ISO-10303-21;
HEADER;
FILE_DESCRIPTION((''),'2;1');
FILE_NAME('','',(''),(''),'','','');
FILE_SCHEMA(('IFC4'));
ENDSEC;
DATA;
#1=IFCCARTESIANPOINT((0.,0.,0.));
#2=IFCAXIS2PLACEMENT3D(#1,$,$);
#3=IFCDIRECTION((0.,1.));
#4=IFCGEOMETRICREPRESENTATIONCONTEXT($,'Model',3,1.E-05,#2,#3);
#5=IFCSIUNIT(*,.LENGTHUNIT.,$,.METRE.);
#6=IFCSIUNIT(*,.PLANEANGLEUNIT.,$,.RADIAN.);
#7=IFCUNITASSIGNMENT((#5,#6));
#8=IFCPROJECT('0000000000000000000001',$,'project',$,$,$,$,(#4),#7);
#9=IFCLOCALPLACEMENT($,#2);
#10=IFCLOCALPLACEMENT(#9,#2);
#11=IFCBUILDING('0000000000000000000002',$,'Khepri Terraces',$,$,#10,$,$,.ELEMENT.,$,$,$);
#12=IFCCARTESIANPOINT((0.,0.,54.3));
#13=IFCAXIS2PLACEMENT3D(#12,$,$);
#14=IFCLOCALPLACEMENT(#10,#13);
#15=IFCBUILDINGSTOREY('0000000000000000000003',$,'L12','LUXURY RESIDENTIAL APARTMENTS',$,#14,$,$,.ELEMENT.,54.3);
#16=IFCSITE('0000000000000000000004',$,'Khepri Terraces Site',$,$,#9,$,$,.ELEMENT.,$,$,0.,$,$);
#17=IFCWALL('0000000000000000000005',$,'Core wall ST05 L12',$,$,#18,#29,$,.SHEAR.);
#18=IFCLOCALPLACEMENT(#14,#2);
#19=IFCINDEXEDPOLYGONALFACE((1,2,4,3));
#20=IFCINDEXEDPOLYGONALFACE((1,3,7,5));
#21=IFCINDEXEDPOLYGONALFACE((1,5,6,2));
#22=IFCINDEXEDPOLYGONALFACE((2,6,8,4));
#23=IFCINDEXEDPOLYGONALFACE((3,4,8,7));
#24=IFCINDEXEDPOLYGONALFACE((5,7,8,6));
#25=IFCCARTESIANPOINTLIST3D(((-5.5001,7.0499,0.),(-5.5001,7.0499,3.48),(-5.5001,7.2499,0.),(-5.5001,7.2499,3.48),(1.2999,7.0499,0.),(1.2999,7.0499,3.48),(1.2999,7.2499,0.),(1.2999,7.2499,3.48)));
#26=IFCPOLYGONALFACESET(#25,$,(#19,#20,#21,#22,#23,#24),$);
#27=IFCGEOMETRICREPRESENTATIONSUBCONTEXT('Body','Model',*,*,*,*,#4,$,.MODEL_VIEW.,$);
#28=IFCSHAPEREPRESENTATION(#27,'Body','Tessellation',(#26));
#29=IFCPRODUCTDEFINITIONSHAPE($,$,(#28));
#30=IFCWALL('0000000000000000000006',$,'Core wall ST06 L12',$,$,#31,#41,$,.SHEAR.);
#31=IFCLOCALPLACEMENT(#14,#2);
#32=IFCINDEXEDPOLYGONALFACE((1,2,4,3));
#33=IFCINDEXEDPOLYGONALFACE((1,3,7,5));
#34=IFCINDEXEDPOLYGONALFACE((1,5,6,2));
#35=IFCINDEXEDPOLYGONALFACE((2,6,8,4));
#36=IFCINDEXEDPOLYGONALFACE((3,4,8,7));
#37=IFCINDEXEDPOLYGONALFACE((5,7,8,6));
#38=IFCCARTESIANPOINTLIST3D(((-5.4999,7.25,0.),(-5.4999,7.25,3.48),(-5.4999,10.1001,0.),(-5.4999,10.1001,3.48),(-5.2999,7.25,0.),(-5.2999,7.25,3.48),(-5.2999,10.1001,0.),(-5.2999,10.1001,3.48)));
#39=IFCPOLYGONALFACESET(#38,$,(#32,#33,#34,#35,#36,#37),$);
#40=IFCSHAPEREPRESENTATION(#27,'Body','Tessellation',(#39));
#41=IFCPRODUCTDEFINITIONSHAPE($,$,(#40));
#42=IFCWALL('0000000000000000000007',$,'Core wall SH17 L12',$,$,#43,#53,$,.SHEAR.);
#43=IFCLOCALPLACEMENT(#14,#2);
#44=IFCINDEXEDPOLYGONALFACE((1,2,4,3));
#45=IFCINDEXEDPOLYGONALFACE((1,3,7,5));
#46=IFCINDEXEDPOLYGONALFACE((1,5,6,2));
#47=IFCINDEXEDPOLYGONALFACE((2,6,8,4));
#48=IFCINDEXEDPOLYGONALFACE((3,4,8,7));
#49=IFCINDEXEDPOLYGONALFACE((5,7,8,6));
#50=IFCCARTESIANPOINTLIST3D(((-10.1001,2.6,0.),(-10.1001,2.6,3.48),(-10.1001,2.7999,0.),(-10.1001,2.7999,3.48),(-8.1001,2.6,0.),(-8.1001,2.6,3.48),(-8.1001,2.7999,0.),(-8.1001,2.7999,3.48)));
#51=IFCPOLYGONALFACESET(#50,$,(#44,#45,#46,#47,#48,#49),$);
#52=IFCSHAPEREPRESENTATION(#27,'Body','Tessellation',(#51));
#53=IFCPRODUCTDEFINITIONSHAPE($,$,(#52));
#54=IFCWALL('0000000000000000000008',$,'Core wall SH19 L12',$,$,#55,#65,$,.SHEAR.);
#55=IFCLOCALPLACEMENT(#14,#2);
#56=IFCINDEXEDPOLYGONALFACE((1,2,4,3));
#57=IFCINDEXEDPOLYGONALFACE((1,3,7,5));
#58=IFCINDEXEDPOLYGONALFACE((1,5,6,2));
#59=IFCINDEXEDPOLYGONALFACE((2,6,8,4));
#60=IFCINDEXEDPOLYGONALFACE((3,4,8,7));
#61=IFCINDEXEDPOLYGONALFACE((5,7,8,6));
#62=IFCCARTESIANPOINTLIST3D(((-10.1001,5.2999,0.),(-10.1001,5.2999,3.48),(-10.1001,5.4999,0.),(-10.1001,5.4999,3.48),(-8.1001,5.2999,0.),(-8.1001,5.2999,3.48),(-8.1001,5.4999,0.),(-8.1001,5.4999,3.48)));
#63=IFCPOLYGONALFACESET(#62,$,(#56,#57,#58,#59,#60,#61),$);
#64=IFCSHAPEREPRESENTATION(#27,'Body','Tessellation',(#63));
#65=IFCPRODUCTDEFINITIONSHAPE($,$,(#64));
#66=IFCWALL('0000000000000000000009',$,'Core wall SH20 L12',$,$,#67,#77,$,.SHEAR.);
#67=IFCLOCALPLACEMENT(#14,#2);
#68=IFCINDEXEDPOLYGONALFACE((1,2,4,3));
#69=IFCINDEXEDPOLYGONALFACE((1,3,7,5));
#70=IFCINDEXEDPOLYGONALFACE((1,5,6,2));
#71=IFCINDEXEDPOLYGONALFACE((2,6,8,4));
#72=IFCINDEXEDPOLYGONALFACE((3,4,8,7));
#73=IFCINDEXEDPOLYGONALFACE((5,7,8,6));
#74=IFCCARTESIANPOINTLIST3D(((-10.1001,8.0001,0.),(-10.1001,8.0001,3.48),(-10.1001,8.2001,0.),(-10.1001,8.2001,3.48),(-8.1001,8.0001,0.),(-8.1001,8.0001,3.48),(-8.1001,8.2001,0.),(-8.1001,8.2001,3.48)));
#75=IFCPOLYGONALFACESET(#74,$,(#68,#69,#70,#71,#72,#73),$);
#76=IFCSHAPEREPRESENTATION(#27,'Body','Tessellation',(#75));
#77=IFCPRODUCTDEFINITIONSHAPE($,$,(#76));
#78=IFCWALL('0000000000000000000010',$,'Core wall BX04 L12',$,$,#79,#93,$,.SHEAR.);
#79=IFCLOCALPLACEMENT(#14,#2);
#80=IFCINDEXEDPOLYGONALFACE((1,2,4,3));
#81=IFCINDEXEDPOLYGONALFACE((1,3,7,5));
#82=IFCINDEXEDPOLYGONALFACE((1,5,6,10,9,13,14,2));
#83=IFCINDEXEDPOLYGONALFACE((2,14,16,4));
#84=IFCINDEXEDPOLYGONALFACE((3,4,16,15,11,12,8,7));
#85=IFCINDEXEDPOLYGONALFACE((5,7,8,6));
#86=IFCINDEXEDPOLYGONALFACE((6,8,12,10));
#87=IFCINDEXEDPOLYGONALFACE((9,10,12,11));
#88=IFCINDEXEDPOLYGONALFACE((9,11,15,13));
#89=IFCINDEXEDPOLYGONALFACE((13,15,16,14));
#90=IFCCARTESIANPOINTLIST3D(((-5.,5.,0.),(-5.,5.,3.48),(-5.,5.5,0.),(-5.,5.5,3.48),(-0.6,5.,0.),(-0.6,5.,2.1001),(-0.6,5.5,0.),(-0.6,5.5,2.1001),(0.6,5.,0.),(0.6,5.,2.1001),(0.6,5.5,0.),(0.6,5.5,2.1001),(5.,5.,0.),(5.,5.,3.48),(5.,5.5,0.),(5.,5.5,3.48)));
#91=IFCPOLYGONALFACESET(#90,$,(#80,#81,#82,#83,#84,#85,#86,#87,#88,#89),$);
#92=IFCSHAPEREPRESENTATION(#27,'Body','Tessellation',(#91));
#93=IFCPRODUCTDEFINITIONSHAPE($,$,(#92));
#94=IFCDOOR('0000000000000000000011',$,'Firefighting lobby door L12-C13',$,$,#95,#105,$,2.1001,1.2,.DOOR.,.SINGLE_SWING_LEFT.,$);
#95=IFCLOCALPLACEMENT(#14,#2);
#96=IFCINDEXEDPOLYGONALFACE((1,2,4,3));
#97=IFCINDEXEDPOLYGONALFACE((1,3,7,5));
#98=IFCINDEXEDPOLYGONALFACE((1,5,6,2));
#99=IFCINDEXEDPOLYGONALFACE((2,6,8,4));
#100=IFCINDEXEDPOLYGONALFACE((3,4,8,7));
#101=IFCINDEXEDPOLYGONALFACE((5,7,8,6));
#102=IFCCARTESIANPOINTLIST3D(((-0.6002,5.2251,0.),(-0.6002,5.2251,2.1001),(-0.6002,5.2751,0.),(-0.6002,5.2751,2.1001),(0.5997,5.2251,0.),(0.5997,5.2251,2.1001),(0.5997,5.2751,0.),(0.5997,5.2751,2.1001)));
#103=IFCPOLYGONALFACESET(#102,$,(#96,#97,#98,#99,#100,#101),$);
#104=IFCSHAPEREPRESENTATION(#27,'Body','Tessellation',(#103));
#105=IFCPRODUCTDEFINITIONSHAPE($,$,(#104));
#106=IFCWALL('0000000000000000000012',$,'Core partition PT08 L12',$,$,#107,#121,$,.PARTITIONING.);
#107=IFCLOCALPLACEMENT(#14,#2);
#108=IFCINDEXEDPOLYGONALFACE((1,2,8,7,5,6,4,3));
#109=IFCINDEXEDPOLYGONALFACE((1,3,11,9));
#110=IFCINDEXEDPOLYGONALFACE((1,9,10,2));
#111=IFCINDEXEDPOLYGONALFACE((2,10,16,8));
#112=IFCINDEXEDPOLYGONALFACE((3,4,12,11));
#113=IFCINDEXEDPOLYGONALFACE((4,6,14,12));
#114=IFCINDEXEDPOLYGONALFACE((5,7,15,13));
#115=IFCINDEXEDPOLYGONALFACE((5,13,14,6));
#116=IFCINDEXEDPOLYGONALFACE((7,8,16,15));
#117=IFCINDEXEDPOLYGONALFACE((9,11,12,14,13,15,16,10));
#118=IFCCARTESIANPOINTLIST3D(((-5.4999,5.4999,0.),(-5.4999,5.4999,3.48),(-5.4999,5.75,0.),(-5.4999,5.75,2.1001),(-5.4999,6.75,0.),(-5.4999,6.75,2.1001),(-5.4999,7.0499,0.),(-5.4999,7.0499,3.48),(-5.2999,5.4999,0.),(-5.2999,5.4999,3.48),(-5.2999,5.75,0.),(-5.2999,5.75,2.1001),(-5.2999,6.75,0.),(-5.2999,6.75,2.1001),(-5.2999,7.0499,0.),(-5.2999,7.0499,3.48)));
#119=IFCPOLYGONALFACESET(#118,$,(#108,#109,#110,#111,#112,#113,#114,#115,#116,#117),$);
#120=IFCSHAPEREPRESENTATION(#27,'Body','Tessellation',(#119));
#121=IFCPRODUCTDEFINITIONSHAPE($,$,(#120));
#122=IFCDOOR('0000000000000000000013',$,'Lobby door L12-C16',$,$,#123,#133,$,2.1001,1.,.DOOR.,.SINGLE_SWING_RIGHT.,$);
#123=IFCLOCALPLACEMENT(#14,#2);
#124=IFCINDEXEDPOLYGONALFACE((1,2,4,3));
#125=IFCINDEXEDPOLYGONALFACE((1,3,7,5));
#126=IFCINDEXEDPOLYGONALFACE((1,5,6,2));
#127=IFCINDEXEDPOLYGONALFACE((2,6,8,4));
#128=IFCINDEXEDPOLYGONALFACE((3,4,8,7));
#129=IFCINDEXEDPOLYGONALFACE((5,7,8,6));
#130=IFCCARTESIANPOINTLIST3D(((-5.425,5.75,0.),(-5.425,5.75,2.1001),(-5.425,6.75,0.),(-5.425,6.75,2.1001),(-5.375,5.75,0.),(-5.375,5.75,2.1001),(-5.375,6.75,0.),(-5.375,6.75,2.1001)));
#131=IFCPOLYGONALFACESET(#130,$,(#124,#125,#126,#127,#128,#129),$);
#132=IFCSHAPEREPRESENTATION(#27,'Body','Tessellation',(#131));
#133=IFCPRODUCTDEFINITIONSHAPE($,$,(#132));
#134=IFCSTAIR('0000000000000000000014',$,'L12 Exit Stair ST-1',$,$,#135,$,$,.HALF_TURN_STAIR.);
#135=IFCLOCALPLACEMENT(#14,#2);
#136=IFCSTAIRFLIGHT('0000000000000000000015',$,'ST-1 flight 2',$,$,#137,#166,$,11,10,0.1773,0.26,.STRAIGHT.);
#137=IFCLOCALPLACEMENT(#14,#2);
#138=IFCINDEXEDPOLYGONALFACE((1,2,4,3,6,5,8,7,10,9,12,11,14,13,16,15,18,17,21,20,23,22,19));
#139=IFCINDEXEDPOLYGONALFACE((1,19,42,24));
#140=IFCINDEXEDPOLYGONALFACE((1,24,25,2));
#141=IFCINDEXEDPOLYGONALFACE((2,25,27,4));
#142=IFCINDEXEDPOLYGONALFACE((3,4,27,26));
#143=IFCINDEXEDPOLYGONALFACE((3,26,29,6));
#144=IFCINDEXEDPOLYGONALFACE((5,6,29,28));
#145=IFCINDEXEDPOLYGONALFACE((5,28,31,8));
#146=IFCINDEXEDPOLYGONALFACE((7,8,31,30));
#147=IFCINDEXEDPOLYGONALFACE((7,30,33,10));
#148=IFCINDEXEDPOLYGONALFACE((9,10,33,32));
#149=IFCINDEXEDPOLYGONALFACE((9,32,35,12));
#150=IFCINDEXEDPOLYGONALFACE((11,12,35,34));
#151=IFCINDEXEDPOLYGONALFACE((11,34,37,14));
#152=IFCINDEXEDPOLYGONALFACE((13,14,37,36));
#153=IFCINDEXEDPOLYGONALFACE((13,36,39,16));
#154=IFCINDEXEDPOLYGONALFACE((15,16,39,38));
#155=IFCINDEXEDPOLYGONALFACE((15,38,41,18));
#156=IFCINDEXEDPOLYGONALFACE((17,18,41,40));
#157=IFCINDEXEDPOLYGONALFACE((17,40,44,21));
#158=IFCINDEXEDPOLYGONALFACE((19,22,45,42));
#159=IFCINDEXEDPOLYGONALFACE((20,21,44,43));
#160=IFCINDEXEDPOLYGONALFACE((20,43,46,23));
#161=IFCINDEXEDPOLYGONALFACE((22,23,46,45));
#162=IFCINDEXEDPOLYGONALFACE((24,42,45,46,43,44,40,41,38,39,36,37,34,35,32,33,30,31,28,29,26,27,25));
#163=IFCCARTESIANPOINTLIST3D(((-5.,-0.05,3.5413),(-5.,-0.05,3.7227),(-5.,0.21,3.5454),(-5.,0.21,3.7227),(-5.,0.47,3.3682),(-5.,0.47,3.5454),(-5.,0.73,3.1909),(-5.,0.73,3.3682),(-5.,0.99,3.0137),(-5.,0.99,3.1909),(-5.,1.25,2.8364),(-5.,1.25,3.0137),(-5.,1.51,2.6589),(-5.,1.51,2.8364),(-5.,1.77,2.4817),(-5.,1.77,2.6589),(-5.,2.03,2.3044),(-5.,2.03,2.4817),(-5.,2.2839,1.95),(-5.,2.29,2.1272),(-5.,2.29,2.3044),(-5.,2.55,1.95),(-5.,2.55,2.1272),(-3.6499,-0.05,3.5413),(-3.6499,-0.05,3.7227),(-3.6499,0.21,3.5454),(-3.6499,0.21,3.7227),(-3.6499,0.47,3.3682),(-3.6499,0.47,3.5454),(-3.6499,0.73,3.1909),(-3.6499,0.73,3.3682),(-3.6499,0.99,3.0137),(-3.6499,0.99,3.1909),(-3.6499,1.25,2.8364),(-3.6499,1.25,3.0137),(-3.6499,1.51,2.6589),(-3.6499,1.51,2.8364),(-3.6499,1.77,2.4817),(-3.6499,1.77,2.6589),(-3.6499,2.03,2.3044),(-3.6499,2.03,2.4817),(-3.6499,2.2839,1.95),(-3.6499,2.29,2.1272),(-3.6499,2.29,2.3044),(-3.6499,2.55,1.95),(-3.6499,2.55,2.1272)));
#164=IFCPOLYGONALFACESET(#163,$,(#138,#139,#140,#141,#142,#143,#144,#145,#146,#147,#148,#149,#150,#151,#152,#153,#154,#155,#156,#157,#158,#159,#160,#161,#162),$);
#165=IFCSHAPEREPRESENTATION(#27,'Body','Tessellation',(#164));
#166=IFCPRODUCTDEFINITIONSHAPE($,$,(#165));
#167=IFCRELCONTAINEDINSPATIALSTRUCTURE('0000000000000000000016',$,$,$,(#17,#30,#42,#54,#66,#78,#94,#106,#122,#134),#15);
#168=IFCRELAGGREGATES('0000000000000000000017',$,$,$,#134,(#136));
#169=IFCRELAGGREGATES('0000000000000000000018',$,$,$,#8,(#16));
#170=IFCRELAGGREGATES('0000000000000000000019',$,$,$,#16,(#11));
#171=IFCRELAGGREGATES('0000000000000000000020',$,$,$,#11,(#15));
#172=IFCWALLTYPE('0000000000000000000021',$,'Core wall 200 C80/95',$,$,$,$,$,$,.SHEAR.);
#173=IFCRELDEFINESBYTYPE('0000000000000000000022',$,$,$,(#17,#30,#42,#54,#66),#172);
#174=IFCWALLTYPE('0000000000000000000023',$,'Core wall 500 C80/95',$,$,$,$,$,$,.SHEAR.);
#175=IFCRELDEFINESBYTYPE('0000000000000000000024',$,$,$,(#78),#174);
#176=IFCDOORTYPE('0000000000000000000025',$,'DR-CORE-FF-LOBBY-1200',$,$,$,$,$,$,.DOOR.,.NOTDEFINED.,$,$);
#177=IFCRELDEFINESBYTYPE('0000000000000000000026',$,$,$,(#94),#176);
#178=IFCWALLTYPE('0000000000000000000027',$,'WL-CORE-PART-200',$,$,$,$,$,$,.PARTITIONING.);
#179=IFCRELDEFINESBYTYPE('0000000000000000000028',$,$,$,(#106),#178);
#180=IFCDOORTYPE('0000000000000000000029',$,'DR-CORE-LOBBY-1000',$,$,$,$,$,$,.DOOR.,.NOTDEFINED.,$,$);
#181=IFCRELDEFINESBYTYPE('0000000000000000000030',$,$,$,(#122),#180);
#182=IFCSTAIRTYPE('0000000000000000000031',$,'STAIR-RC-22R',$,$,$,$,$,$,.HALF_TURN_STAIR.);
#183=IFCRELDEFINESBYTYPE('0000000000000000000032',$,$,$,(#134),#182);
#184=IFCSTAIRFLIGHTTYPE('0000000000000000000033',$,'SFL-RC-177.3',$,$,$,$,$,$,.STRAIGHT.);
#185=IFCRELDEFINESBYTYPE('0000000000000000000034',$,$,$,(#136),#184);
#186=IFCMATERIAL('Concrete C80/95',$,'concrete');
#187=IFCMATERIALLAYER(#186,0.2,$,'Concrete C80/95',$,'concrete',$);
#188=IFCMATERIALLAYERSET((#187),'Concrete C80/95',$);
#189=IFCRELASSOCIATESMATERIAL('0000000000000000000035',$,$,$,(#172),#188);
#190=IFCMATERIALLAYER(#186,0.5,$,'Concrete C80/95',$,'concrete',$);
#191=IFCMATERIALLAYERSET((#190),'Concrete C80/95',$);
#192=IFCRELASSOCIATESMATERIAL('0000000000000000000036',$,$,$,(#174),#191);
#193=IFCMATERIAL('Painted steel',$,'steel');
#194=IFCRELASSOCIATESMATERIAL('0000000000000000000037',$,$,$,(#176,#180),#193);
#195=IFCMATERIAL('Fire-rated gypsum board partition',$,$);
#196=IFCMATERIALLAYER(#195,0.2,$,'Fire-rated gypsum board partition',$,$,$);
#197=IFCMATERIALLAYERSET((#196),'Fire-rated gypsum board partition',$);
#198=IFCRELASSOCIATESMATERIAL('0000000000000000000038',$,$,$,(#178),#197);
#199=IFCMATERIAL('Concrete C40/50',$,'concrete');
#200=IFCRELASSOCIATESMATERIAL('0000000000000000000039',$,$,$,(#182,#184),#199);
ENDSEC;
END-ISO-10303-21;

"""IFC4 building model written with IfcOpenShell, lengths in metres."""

from ifc_helpers import new_model, si_unit, direction, frame, frame_2d, origin, place, context, subcontext, project, spatial, polyline, rectangle, outline, extrude, material, layer, layer_set, type_object, element, fill, aggregate, save


model = new_model("IFC4")

# Units and contexts
model_context = context("Model", 3, precision=1e-05, world=origin(), true_north=direction((0.0, 1.0)))
body_context = subcontext(model_context, "Body", "Model", "MODEL_VIEW")
ifc_project = project(units=[si_unit("LENGTHUNIT", "METRE"), si_unit("PLANEANGLEUNIT", "RADIAN")], contexts=[model_context])

# Site, building, storey
site_placement = place(None, origin())
site = spatial("IfcSite", under=ifc_project, at=site_placement, Name="Khepri Terraces Site", CompositionType="ELEMENT", RefElevation=0.0)
building_placement = place(site_placement, origin())
building = spatial("IfcBuilding", under=site, at=building_placement, Name="Khepri Terraces", CompositionType="ELEMENT")
storey_placement = place(building_placement, frame((0.0, 0.0, 54.3)))
storey = spatial("IfcBuildingStorey", under=building, at=storey_placement, Name="L12", Description="LUXURY RESIDENTIAL APARTMENTS", CompositionType="ELEMENT", Elevation=54.3)

# Walls
ifc_material_1 = material(Name="Concrete C80/95", Category="concrete")
ifc_layer_1 = layer(ifc_material_1, 0.2, Name="Concrete C80/95", Category="concrete")
ifc_layer_set_1 = layer_set([ifc_layer_1], Name="Concrete C80/95")
wall_type_1 = type_object("IfcWallType", Name="Core wall 200 C80/95", PredefinedType="SHEAR", material=ifc_layer_set_1)
wall_1_placement = place(storey_placement, frame((-5.5, 7.1499, 0.0), z_axis=(0.0, 0.0, 1.0), x_axis=(1.0, 0.0, 0.0)))
element("IfcWall", 1, at=wall_1_placement, inside=storey, type_object=wall_type_1, Name="Core wall ST05 L12", PredefinedType="SHEAR", context=body_context, shape_type="SweptSolid", body=[
    extrude(rectangle(XDim=6.8, YDim=0.2, at=frame_2d((3.3999, 0.0))), origin(), (0.0, 0.0, 1.0), 3.48),
])
wall_2_placement = place(storey_placement, frame((-5.3999, 7.25, 0.0), z_axis=(0.0, 0.0, 1.0), x_axis=(0.0, 1.0, 0.0)))
element("IfcWall", 2, at=wall_2_placement, inside=storey, type_object=wall_type_1, Name="Core wall ST06 L12", PredefinedType="SHEAR", context=body_context, shape_type="SweptSolid", body=[
    extrude(rectangle(XDim=2.8501, YDim=0.2, at=frame_2d((1.425, 0.0))), origin(), (0.0, 0.0, 1.0), 3.48),
])
for number, where, z_axis, x_axis, name in (
    (3, (-10.1001, 2.7, 0.0), (0.0, 0.0, 1.0), (1.0, 0.0, 0.0), "Core wall SH17 L12"),
    (4, (-10.1001, 5.3999, 0.0), (0.0, 0.0, 1.0), (1.0, 0.0, 0.0), "Core wall SH19 L12"),
    (5, (-10.1001, 8.1001, 0.0), (0.0, 0.0, 1.0), (1.0, 0.0, 0.0), "Core wall SH20 L12"),
):
    element("IfcWall", number, at=place(storey_placement, frame(where, z_axis=z_axis, x_axis=x_axis)), inside=storey, type_object=wall_type_1, Name=name, PredefinedType="SHEAR", context=body_context, shape_type="SweptSolid", body=[
        extrude(rectangle(XDim=2.0, YDim=0.2, at=frame_2d((1.0, 0.0))), origin(), (0.0, 0.0, 1.0), 3.48),
    ])

# Walls, openings, doors
ifc_layer_2 = layer(ifc_material_1, 0.5, Name="Concrete C80/95", Category="concrete")
ifc_layer_set_2 = layer_set([ifc_layer_2], Name="Concrete C80/95")
wall_type_2 = type_object("IfcWallType", Name="Core wall 500 C80/95", PredefinedType="SHEAR", material=ifc_layer_set_2)
wall_3_placement = place(storey_placement, frame((-5.0, 5.25, 0.0), z_axis=(0.0, 0.0, 1.0), x_axis=(1.0, 0.0, 0.0)))
wall_3 = element("IfcWall", 6, at=wall_3_placement, inside=storey, type_object=wall_type_2, Name="Core wall BX04 L12", PredefinedType="SHEAR", context=body_context, shape_type="SweptSolid", body=[
    extrude(rectangle(XDim=10.0, YDim=0.5, at=frame_2d((5.0, 0.0))), origin(), (0.0, 0.0, 1.0), 3.48),
])
opening_1_placement = place(wall_3_placement, frame((4.3999, 0.0, 0.0)))
opening_1 = element("IfcOpeningElement", 7, at=opening_1_placement, cuts=wall_3, PredefinedType="OPENING", context=body_context, shape_type="SweptSolid", body=[
    extrude(rectangle(XDim=1.2, YDim=2.1001, at=frame_2d((0.6001, 1.05))), frame((0.0, 0.26, 0.0), z_axis=(0.0, -1.0, 0.0), x_axis=(1.0, 0.0, 0.0)), (0.0, 0.0, 1.0), 0.52),
])
ifc_material_2 = material(Name="Painted steel", Category="steel")
door_type_1 = type_object("IfcDoorType", Name="DR-CORE-FF-LOBBY-1200", OperationType="NOTDEFINED", PredefinedType="DOOR", material=ifc_material_2)
door_1_placement = place(opening_1_placement, frame((1.2, 0.0, 0.0), z_axis=(0.0, 0.0, 1.0), x_axis=(-1.0, 0.0, 0.0)))
door_1 = element("IfcDoor", 8, at=door_1_placement, inside=storey, type_object=door_type_1, Name="Firefighting lobby door L12-C13", OperationType="SINGLE_SWING_LEFT", OverallHeight=2.1001, OverallWidth=1.2, PredefinedType="DOOR", context=body_context, shape_type="SweptSolid", body=[
    extrude(rectangle(XDim=1.2, YDim=2.1001, at=frame_2d((0.6001, 1.05))), frame((0.0, 0.0249, 0.0), z_axis=(0.0, -1.0, 0.0), x_axis=(1.0, 0.0, 0.0)), (0.0, 0.0, 1.0), 0.05),
])
fill(opening_1, door_1)
ifc_material_3 = material(Name="Fire-rated gypsum board partition")
ifc_layer_3 = layer(ifc_material_3, 0.2, Name="Fire-rated gypsum board partition")
ifc_layer_set_3 = layer_set([ifc_layer_3], Name="Fire-rated gypsum board partition")
wall_type_3 = type_object("IfcWallType", Name="WL-CORE-PART-200", PredefinedType="PARTITIONING", material=ifc_layer_set_3)
wall_4_placement = place(storey_placement, frame((-5.3999, 5.5, 0.0), z_axis=(0.0, 0.0, 1.0), x_axis=(0.0, 1.0, 0.0)))
wall_4 = element("IfcWall", 9, at=wall_4_placement, inside=storey, type_object=wall_type_3, Name="Core partition PT08 L12", PredefinedType="PARTITIONING", context=body_context, shape_type="SweptSolid", body=[
    extrude(rectangle(XDim=1.55, YDim=0.2, at=frame_2d((0.7749, 0.0))), origin(), (0.0, 0.0, 1.0), 3.48),
])
opening_2_placement = place(wall_4_placement, frame((0.25, 0.0, 0.0)))
opening_2 = element("IfcOpeningElement", 10, at=opening_2_placement, cuts=wall_4, PredefinedType="OPENING", context=body_context, shape_type="SweptSolid", body=[
    extrude(rectangle(XDim=1.0, YDim=2.1001, at=frame_2d((0.5, 1.05))), frame((0.0, 0.1099, 0.0), z_axis=(0.0, -1.0, 0.0), x_axis=(1.0, 0.0, 0.0)), (0.0, 0.0, 1.0), 0.22),
])
door_type_2 = type_object("IfcDoorType", Name="DR-CORE-LOBBY-1000", OperationType="NOTDEFINED", PredefinedType="DOOR", material=ifc_material_2)
door_2_placement = place(opening_2_placement, frame((1.0, 0.0, 0.0), z_axis=(0.0, 0.0, 1.0), x_axis=(-1.0, 0.0, 0.0)))
door_2 = element("IfcDoor", 11, at=door_2_placement, inside=storey, type_object=door_type_2, Name="Lobby door L12-C16", OperationType="SINGLE_SWING_RIGHT", OverallHeight=2.1001, OverallWidth=1.0, PredefinedType="DOOR", context=body_context, shape_type="SweptSolid", body=[
    extrude(rectangle(XDim=1.0, YDim=2.1001, at=frame_2d((0.5, 1.05))), frame((0.0, 0.0249, 0.0), z_axis=(0.0, -1.0, 0.0), x_axis=(1.0, 0.0, 0.0)), (0.0, 0.0, 1.0), 0.05),
])
fill(opening_2, door_2)

# Stair, stair flight
ifc_material_4 = material(Name="Concrete C40/50", Category="concrete")
stair_type = type_object("IfcStairType", Name="STAIR-RC-22R", PredefinedType="HALF_TURN_STAIR", material=ifc_material_4)
stair_1_placement = place(storey_placement, origin())
stair_1 = element("IfcStair", 12, at=stair_1_placement, inside=storey, type_object=stair_type, Name="L12 Exit Stair ST-1", PredefinedType="HALF_TURN_STAIR")
stair_flight_type = type_object("IfcStairFlightType", Name="SFL-RC-177.3", PredefinedType="STRAIGHT", material=ifc_material_4)
stair_flight_1_placement = place(storey_placement, frame((-4.325, 2.55, 1.95), z_axis=(0.0, 0.0, 1.0), x_axis=(0.0, -1.0, 0.0)))
stair_flight_1 = element("IfcStairFlight", 13, at=stair_flight_1_placement, type_object=stair_flight_type, Name="ST-1 flight 2", NumberOfRisers=11, NumberOfTreads=10, PredefinedType="STRAIGHT", RiserHeight=0.1773, TreadLength=0.26, context=body_context, shape_type="SweptSolid", body=[
    extrude(outline(polyline([(0.0, 0.0), (0.0, 0.1772), (0.26, 0.1772), (0.26, 0.3545), (0.52, 0.3545), (0.52, 0.5317), (0.78, 0.5317), (0.78, 0.709), (1.04, 0.709), (1.04, 0.8865), (1.3, 0.8865), (1.3, 1.0637), (1.5601, 1.0637), (1.5601, 1.241), (1.8201, 1.241), (1.8201, 1.4182), (2.0801, 1.4182), (2.0801, 1.5955), (2.3401, 1.5955), (2.3401, 1.7727), (2.6001, 1.7727), (2.6001, 1.95), (2.6001, 1.5913), (0.2661, 0.0), (0.0, 0.0)])), frame((0.0, 0.675, 0.0), z_axis=(0.0, -1.0, 0.0), x_axis=(1.0, 0.0, 0.0)), (0.0, 0.0, 1.0), 1.3501),
])
aggregate(stair_1, [stair_flight_1])

save(model, "model.ifc")
